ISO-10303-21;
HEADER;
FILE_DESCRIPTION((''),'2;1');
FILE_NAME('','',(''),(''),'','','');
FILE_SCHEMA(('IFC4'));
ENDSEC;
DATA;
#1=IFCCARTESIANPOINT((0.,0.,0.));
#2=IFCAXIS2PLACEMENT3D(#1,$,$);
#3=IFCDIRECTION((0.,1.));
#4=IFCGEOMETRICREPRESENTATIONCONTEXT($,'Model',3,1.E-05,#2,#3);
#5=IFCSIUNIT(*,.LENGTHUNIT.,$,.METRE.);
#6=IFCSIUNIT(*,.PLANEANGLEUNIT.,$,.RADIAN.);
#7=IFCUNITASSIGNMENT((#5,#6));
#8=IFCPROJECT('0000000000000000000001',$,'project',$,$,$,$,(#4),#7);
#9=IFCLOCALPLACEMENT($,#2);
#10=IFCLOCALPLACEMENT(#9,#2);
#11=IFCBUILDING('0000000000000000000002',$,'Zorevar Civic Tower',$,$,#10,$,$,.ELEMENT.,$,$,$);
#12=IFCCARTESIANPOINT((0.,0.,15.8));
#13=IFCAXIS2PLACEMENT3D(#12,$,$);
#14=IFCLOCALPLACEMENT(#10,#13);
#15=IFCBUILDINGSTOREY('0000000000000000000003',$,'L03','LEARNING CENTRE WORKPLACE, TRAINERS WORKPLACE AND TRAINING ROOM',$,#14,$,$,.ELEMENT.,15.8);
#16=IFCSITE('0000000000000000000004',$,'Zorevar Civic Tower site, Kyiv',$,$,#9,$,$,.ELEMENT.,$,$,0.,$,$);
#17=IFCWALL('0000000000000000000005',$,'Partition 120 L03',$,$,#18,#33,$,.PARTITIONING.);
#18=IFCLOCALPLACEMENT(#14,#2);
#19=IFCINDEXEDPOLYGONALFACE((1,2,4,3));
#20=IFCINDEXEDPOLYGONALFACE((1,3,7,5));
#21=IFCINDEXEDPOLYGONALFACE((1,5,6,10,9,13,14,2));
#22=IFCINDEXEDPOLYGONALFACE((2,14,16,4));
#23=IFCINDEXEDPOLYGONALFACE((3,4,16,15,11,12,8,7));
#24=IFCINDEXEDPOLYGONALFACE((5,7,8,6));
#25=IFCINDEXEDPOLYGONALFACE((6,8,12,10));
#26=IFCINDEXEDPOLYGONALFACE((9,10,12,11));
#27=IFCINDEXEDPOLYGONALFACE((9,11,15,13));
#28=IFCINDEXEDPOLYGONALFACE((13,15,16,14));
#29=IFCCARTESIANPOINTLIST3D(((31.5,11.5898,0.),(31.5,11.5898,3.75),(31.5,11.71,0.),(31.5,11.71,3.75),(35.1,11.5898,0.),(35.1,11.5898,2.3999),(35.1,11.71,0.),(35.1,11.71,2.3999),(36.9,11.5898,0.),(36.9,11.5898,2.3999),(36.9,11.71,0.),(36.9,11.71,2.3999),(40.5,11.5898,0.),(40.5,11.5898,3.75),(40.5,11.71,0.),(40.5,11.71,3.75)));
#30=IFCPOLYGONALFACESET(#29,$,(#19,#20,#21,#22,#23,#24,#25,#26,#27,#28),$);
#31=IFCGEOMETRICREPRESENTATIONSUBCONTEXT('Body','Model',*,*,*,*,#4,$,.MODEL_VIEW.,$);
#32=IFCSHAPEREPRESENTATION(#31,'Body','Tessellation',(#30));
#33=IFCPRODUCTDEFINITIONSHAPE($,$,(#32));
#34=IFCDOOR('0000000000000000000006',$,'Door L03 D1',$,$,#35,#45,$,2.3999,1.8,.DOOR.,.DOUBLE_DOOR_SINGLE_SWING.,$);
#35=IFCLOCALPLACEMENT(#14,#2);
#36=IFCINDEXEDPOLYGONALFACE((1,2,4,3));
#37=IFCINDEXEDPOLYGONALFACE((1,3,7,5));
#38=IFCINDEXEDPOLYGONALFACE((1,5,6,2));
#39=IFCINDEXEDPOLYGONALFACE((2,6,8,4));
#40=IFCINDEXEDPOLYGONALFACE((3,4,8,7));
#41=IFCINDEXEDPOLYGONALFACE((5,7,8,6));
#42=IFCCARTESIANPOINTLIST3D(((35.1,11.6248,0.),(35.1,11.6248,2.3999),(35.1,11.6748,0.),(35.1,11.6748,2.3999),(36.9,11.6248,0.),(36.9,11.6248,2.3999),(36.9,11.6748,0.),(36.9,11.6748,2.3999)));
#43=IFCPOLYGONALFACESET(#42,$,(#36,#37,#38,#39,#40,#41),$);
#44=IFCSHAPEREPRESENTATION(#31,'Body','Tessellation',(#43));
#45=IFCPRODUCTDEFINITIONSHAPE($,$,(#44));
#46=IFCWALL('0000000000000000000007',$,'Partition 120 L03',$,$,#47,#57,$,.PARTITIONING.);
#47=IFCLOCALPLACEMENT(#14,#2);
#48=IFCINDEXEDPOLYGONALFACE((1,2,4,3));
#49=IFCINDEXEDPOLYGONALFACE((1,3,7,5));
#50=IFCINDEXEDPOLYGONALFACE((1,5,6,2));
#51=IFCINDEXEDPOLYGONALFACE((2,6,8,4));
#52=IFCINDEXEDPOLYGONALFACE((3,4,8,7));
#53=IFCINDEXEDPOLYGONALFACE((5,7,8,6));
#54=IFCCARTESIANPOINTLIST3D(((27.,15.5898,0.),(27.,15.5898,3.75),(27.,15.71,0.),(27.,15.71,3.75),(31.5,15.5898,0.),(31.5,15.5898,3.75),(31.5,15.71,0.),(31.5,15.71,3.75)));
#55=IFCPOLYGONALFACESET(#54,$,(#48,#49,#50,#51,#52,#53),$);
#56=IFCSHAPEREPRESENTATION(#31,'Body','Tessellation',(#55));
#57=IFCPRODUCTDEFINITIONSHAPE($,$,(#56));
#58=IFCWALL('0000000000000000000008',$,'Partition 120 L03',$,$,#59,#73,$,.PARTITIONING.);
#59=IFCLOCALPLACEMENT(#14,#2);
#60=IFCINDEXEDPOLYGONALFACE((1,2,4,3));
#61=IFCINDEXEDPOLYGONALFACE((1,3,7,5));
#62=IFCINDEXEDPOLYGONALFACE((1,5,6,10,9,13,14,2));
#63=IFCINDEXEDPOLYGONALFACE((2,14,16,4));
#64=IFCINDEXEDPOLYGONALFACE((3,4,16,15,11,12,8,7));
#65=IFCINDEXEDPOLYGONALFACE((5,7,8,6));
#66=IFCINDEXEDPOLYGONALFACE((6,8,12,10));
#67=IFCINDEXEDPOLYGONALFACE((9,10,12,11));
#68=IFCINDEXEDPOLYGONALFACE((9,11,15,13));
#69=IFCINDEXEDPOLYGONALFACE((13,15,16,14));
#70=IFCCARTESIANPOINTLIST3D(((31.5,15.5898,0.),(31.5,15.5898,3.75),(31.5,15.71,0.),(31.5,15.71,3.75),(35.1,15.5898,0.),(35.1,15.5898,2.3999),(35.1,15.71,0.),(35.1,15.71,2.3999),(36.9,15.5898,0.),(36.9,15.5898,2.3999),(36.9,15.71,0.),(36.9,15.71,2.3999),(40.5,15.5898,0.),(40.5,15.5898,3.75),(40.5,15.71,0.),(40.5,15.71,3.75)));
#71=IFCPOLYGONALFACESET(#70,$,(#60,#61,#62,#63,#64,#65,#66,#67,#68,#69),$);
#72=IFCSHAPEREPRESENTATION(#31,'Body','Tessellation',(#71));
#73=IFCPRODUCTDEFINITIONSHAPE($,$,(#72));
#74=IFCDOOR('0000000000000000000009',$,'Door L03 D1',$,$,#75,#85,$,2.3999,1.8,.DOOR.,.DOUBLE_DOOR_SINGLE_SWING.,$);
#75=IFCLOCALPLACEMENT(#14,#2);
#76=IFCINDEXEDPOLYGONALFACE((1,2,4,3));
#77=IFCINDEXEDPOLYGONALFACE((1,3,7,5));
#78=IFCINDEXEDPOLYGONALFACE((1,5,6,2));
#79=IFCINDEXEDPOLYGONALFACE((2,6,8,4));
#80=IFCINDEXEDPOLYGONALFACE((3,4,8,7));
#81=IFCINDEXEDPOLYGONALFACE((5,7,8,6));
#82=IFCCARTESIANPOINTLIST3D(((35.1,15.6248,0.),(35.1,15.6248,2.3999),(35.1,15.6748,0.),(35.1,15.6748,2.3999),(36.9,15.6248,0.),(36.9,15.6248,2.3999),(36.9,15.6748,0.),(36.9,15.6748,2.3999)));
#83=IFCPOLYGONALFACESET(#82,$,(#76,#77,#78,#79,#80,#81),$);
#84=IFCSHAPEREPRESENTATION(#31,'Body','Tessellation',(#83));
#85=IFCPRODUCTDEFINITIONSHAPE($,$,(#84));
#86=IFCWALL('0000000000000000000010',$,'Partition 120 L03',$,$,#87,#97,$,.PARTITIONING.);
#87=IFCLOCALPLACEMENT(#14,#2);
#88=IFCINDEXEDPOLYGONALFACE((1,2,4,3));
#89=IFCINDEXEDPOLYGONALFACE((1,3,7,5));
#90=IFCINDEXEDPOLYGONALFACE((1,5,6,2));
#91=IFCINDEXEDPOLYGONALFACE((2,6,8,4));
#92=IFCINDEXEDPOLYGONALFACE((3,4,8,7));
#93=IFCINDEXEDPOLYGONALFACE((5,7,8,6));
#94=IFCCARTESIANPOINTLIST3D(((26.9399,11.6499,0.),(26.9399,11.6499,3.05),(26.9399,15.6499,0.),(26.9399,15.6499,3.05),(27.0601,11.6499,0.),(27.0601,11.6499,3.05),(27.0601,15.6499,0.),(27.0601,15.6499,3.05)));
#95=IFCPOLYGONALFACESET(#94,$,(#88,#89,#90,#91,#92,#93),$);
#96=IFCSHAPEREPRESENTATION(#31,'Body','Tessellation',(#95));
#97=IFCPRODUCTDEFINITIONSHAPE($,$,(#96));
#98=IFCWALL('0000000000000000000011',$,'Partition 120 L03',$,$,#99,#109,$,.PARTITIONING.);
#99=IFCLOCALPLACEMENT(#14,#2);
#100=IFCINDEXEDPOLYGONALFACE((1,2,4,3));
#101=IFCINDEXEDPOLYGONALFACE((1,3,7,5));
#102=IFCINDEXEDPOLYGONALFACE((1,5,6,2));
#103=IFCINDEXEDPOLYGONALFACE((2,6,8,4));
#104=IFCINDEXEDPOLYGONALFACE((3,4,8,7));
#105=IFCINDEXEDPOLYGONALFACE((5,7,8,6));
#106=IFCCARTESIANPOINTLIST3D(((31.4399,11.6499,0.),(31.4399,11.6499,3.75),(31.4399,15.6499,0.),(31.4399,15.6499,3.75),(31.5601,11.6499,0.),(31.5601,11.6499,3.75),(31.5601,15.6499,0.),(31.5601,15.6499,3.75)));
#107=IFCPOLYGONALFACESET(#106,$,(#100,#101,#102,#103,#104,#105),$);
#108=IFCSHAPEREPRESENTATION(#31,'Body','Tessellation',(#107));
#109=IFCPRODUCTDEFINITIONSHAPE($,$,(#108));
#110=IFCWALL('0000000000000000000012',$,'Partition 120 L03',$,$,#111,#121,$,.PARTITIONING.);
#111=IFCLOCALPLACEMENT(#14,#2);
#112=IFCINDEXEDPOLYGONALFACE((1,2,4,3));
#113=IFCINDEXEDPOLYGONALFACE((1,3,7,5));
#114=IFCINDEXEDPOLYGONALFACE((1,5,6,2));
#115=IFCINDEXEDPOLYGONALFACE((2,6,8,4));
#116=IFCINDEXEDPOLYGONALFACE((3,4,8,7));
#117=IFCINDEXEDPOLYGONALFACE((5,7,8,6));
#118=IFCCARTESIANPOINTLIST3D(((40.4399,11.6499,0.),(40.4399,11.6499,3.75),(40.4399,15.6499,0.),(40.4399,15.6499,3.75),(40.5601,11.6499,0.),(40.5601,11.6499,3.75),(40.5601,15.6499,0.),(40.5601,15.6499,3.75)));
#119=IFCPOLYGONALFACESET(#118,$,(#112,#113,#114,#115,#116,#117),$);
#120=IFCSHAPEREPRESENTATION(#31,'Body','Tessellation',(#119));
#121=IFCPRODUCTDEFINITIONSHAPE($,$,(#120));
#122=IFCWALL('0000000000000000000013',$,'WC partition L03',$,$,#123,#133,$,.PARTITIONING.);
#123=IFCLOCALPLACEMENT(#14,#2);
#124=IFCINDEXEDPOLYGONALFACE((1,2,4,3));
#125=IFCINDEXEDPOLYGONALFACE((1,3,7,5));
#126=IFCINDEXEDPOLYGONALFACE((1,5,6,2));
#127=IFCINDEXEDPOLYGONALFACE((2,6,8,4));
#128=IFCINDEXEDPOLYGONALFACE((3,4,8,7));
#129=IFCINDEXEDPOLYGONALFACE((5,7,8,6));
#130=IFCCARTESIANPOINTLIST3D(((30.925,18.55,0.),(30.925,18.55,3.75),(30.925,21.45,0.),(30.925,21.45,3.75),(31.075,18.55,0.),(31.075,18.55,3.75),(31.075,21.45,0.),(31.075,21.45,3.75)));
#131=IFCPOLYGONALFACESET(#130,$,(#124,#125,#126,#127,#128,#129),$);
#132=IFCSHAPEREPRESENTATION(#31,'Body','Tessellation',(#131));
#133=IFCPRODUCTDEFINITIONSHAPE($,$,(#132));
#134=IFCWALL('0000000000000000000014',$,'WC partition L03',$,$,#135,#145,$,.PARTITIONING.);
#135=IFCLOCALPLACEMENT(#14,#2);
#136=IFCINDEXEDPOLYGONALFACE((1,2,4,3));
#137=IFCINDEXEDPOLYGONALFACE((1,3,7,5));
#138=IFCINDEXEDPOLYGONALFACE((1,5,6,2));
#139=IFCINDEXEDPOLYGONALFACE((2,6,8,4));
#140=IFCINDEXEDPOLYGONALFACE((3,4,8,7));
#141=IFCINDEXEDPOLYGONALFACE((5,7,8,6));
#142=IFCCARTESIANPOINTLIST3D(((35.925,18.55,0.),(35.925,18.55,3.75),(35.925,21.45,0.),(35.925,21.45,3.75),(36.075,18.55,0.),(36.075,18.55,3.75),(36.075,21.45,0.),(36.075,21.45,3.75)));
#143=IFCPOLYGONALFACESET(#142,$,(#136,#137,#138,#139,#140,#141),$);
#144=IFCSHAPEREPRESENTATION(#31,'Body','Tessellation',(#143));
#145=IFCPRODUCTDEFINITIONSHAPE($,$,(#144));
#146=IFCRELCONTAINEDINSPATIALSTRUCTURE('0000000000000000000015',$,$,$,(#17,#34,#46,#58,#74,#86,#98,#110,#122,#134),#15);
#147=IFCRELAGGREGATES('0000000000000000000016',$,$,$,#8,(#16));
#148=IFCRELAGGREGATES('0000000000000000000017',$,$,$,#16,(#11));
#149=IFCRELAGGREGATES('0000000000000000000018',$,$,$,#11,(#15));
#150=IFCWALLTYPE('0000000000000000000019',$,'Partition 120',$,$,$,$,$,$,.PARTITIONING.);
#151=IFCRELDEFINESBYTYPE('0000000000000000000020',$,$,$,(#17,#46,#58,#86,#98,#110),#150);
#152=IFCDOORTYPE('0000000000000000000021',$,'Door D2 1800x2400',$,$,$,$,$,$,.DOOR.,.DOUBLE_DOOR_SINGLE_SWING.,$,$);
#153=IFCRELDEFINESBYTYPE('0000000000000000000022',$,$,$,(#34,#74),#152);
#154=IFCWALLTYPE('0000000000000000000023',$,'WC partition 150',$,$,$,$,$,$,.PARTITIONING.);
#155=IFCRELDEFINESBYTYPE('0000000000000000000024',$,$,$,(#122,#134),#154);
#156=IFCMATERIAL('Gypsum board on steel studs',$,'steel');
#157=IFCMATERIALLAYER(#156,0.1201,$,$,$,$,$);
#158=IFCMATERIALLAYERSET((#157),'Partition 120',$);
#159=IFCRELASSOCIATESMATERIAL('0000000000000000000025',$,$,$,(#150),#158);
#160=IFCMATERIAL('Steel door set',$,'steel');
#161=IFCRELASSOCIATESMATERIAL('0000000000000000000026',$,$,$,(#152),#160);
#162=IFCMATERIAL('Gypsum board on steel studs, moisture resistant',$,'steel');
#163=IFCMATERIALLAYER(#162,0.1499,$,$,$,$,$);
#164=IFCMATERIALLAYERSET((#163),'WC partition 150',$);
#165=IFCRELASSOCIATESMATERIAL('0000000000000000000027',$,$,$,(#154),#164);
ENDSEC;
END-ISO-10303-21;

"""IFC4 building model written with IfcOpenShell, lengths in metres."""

from ifc_helpers import new_model, si_unit, direction, frame, frame_2d, origin, place, context, subcontext, project, spatial, rectangle, extrude, material, layer, layer_set, type_object, element, fill, save


model = new_model("IFC4")

# Units and contexts
model_context = context("Model", 3, precision=1e-05, world=origin(), true_north=direction((0.0, 1.0)))
body_context = subcontext(model_context, "Body", "Model", "MODEL_VIEW")
ifc_project = project(units=[si_unit("LENGTHUNIT", "METRE"), si_unit("PLANEANGLEUNIT", "RADIAN")], contexts=[model_context])

# Site, building, storey
site_placement = place(None, origin())
site = spatial("IfcSite", under=ifc_project, at=site_placement, Name="Zorevar Civic Tower site, Kyiv", CompositionType="ELEMENT", RefElevation=0.0)
building_placement = place(site_placement, origin())
building = spatial("IfcBuilding", under=site, at=building_placement, Name="Zorevar Civic Tower", CompositionType="ELEMENT")
storey_placement = place(building_placement, frame((0.0, 0.0, 15.8)))
storey = spatial("IfcBuildingStorey", under=building, at=storey_placement, Name="L03", Description="LEARNING CENTRE WORKPLACE, TRAINERS WORKPLACE AND TRAINING ROOM", CompositionType="ELEMENT", Elevation=15.8)

# Shared definitions
ifc_material_1 = material(Name="Gypsum board on steel studs", Category="steel")
ifc_layer_1 = layer(ifc_material_1, 0.1201)
ifc_layer_set_1 = layer_set([ifc_layer_1], Name="Partition 120")
wall_type_1 = type_object("IfcWallType", Name="Partition 120", PredefinedType="PARTITIONING", material=ifc_layer_set_1)

# Wall, opening, door
ifc_material_2 = material(Name="Steel door set", Category="steel")
door_type_1 = type_object("IfcDoorType", Name="Door D2 1800x2400", OperationType="DOUBLE_DOOR_SINGLE_SWING", PredefinedType="DOOR", material=ifc_material_2)
wall_1_placement = place(storey_placement, frame((31.5, 11.6499, 0.0), z_axis=(0.0, 0.0, 1.0), x_axis=(1.0, 0.0, 0.0)))
wall_1 = element("IfcWall", 1, at=wall_1_placement, inside=storey, type_object=wall_type_1, Name="Partition 120 L03", PredefinedType="PARTITIONING", context=body_context, shape_type="SweptSolid", body=[
    extrude(rectangle(XDim=9.0, YDim=0.1201, at=frame_2d((4.5, 0.0))), origin(), (0.0, 0.0, 1.0), 3.75),
])
opening_1_placement = place(wall_1_placement, frame((3.6001, 0.0, 0.0)))
opening_1 = element("IfcOpeningElement", 2, at=opening_1_placement, cuts=wall_1, PredefinedType="OPENING", context=body_context, shape_type="SweptSolid", body=[
    extrude(rectangle(XDim=1.8, YDim=2.3999, at=frame_2d((0.8999, 1.2))), frame((0.0, 0.0701, 0.0), z_axis=(0.0, -1.0, 0.0), x_axis=(1.0, 0.0, 0.0)), (0.0, 0.0, 1.0), 0.1401),
])
door_1_placement = place(opening_1_placement, origin())
door_1 = element("IfcDoor", 3, at=door_1_placement, inside=storey, type_object=door_type_1, Name="Door L03 D1", OperationType="DOUBLE_DOOR_SINGLE_SWING", OverallHeight=2.3999, OverallWidth=1.8, PredefinedType="DOOR", context=body_context, shape_type="SweptSolid", body=[
    extrude(rectangle(XDim=1.8, YDim=2.3999, at=frame_2d((0.8999, 1.2))), frame((0.0, 0.0249, 0.0), z_axis=(0.0, -1.0, 0.0), x_axis=(1.0, 0.0, 0.0)), (0.0, 0.0, 1.0), 0.05),
])
fill(opening_1, door_1)

# Wall
wall_2_placement = place(storey_placement, frame((27.0, 15.6499, 0.0), z_axis=(0.0, 0.0, 1.0), x_axis=(1.0, 0.0, 0.0)))
element("IfcWall", 4, at=wall_2_placement, inside=storey, type_object=wall_type_1, Name="Partition 120 L03", PredefinedType="PARTITIONING", context=body_context, shape_type="SweptSolid", body=[
    extrude(rectangle(XDim=4.5, YDim=0.1201, at=frame_2d((2.25, 0.0))), origin(), (0.0, 0.0, 1.0), 3.75),
])

# Wall, opening, door
wall_3_placement = place(storey_placement, frame((31.5, 15.6499, 0.0), z_axis=(0.0, 0.0, 1.0), x_axis=(1.0, 0.0, 0.0)))
wall_3 = element("IfcWall", 5, at=wall_3_placement, inside=storey, type_object=wall_type_1, Name="Partition 120 L03", PredefinedType="PARTITIONING", context=body_context, shape_type="SweptSolid", body=[
    extrude(rectangle(XDim=9.0, YDim=0.1201, at=frame_2d((4.5, 0.0))), origin(), (0.0, 0.0, 1.0), 3.75),
])
opening_2_placement = place(wall_3_placement, frame((3.6001, 0.0, 0.0)))
opening_2 = element("IfcOpeningElement", 6, at=opening_2_placement, cuts=wall_3, PredefinedType="OPENING", context=body_context, shape_type="SweptSolid", body=[
    extrude(rectangle(XDim=1.8, YDim=2.3999, at=frame_2d((0.8999, 1.2))), frame((0.0, 0.0701, 0.0), z_axis=(0.0, -1.0, 0.0), x_axis=(1.0, 0.0, 0.0)), (0.0, 0.0, 1.0), 0.1401),
])
door_2_placement = place(opening_2_placement, origin())
door_2 = element("IfcDoor", 7, at=door_2_placement, inside=storey, type_object=door_type_1, Name="Door L03 D1", OperationType="DOUBLE_DOOR_SINGLE_SWING", OverallHeight=2.3999, OverallWidth=1.8, PredefinedType="DOOR", context=body_context, shape_type="SweptSolid", body=[
    extrude(rectangle(XDim=1.8, YDim=2.3999, at=frame_2d((0.8999, 1.2))), frame((0.0, 0.0249, 0.0), z_axis=(0.0, -1.0, 0.0), x_axis=(1.0, 0.0, 0.0)), (0.0, 0.0, 1.0), 0.05),
])
fill(opening_2, door_2)

# Walls
wall_4_placement = place(storey_placement, frame((27.0, 11.6499, 0.0), z_axis=(0.0, 0.0, 1.0), x_axis=(0.0, 1.0, 0.0)))
element("IfcWall", 8, at=wall_4_placement, inside=storey, type_object=wall_type_1, Name="Partition 120 L03", PredefinedType="PARTITIONING", context=body_context, shape_type="SweptSolid", body=[
    extrude(rectangle(XDim=4.0, YDim=0.1201, at=frame_2d((2.0, 0.0))), origin(), (0.0, 0.0, 1.0), 3.05),
])
for number, where, z_axis, x_axis, name in (
    (9, (31.5, 11.6499, 0.0), (0.0, 0.0, 1.0), (0.0, 1.0, 0.0), "Partition 120 L03"),
    (10, (40.5, 11.6499, 0.0), (0.0, 0.0, 1.0), (0.0, 1.0, 0.0), "Partition 120 L03"),
):
    element("IfcWall", number, at=place(storey_placement, frame(where, z_axis=z_axis, x_axis=x_axis)), inside=storey, type_object=wall_type_1, Name=name, PredefinedType="PARTITIONING", context=body_context, shape_type="SweptSolid", body=[
        extrude(rectangle(XDim=4.0, YDim=0.1201, at=frame_2d((2.0, 0.0))), origin(), (0.0, 0.0, 1.0), 3.75),
    ])
ifc_material_3 = material(Name="Gypsum board on steel studs, moisture resistant", Category="steel")
ifc_layer_2 = layer(ifc_material_3, 0.1499)
ifc_layer_set_2 = layer_set([ifc_layer_2], Name="WC partition 150")
wall_type_2 = type_object("IfcWallType", Name="WC partition 150", PredefinedType="PARTITIONING", material=ifc_layer_set_2)
for number, where, z_axis, x_axis, name in (
    (11, (31.0, 18.55, 0.0), (0.0, 0.0, 1.0), (0.0, 1.0, 0.0), "WC partition L03"),
    (12, (36.0, 18.55, 0.0), (0.0, 0.0, 1.0), (0.0, 1.0, 0.0), "WC partition L03"),
):
    element("IfcWall", number, at=place(storey_placement, frame(where, z_axis=z_axis, x_axis=x_axis)), inside=storey, type_object=wall_type_2, Name=name, PredefinedType="PARTITIONING", context=body_context, shape_type="SweptSolid", body=[
        extrude(rectangle(XDim=2.8999, YDim=0.1499, at=frame_2d((1.45, 0.0))), origin(), (0.0, 0.0, 1.0), 3.75),
    ])

save(model, "model.ifc")
